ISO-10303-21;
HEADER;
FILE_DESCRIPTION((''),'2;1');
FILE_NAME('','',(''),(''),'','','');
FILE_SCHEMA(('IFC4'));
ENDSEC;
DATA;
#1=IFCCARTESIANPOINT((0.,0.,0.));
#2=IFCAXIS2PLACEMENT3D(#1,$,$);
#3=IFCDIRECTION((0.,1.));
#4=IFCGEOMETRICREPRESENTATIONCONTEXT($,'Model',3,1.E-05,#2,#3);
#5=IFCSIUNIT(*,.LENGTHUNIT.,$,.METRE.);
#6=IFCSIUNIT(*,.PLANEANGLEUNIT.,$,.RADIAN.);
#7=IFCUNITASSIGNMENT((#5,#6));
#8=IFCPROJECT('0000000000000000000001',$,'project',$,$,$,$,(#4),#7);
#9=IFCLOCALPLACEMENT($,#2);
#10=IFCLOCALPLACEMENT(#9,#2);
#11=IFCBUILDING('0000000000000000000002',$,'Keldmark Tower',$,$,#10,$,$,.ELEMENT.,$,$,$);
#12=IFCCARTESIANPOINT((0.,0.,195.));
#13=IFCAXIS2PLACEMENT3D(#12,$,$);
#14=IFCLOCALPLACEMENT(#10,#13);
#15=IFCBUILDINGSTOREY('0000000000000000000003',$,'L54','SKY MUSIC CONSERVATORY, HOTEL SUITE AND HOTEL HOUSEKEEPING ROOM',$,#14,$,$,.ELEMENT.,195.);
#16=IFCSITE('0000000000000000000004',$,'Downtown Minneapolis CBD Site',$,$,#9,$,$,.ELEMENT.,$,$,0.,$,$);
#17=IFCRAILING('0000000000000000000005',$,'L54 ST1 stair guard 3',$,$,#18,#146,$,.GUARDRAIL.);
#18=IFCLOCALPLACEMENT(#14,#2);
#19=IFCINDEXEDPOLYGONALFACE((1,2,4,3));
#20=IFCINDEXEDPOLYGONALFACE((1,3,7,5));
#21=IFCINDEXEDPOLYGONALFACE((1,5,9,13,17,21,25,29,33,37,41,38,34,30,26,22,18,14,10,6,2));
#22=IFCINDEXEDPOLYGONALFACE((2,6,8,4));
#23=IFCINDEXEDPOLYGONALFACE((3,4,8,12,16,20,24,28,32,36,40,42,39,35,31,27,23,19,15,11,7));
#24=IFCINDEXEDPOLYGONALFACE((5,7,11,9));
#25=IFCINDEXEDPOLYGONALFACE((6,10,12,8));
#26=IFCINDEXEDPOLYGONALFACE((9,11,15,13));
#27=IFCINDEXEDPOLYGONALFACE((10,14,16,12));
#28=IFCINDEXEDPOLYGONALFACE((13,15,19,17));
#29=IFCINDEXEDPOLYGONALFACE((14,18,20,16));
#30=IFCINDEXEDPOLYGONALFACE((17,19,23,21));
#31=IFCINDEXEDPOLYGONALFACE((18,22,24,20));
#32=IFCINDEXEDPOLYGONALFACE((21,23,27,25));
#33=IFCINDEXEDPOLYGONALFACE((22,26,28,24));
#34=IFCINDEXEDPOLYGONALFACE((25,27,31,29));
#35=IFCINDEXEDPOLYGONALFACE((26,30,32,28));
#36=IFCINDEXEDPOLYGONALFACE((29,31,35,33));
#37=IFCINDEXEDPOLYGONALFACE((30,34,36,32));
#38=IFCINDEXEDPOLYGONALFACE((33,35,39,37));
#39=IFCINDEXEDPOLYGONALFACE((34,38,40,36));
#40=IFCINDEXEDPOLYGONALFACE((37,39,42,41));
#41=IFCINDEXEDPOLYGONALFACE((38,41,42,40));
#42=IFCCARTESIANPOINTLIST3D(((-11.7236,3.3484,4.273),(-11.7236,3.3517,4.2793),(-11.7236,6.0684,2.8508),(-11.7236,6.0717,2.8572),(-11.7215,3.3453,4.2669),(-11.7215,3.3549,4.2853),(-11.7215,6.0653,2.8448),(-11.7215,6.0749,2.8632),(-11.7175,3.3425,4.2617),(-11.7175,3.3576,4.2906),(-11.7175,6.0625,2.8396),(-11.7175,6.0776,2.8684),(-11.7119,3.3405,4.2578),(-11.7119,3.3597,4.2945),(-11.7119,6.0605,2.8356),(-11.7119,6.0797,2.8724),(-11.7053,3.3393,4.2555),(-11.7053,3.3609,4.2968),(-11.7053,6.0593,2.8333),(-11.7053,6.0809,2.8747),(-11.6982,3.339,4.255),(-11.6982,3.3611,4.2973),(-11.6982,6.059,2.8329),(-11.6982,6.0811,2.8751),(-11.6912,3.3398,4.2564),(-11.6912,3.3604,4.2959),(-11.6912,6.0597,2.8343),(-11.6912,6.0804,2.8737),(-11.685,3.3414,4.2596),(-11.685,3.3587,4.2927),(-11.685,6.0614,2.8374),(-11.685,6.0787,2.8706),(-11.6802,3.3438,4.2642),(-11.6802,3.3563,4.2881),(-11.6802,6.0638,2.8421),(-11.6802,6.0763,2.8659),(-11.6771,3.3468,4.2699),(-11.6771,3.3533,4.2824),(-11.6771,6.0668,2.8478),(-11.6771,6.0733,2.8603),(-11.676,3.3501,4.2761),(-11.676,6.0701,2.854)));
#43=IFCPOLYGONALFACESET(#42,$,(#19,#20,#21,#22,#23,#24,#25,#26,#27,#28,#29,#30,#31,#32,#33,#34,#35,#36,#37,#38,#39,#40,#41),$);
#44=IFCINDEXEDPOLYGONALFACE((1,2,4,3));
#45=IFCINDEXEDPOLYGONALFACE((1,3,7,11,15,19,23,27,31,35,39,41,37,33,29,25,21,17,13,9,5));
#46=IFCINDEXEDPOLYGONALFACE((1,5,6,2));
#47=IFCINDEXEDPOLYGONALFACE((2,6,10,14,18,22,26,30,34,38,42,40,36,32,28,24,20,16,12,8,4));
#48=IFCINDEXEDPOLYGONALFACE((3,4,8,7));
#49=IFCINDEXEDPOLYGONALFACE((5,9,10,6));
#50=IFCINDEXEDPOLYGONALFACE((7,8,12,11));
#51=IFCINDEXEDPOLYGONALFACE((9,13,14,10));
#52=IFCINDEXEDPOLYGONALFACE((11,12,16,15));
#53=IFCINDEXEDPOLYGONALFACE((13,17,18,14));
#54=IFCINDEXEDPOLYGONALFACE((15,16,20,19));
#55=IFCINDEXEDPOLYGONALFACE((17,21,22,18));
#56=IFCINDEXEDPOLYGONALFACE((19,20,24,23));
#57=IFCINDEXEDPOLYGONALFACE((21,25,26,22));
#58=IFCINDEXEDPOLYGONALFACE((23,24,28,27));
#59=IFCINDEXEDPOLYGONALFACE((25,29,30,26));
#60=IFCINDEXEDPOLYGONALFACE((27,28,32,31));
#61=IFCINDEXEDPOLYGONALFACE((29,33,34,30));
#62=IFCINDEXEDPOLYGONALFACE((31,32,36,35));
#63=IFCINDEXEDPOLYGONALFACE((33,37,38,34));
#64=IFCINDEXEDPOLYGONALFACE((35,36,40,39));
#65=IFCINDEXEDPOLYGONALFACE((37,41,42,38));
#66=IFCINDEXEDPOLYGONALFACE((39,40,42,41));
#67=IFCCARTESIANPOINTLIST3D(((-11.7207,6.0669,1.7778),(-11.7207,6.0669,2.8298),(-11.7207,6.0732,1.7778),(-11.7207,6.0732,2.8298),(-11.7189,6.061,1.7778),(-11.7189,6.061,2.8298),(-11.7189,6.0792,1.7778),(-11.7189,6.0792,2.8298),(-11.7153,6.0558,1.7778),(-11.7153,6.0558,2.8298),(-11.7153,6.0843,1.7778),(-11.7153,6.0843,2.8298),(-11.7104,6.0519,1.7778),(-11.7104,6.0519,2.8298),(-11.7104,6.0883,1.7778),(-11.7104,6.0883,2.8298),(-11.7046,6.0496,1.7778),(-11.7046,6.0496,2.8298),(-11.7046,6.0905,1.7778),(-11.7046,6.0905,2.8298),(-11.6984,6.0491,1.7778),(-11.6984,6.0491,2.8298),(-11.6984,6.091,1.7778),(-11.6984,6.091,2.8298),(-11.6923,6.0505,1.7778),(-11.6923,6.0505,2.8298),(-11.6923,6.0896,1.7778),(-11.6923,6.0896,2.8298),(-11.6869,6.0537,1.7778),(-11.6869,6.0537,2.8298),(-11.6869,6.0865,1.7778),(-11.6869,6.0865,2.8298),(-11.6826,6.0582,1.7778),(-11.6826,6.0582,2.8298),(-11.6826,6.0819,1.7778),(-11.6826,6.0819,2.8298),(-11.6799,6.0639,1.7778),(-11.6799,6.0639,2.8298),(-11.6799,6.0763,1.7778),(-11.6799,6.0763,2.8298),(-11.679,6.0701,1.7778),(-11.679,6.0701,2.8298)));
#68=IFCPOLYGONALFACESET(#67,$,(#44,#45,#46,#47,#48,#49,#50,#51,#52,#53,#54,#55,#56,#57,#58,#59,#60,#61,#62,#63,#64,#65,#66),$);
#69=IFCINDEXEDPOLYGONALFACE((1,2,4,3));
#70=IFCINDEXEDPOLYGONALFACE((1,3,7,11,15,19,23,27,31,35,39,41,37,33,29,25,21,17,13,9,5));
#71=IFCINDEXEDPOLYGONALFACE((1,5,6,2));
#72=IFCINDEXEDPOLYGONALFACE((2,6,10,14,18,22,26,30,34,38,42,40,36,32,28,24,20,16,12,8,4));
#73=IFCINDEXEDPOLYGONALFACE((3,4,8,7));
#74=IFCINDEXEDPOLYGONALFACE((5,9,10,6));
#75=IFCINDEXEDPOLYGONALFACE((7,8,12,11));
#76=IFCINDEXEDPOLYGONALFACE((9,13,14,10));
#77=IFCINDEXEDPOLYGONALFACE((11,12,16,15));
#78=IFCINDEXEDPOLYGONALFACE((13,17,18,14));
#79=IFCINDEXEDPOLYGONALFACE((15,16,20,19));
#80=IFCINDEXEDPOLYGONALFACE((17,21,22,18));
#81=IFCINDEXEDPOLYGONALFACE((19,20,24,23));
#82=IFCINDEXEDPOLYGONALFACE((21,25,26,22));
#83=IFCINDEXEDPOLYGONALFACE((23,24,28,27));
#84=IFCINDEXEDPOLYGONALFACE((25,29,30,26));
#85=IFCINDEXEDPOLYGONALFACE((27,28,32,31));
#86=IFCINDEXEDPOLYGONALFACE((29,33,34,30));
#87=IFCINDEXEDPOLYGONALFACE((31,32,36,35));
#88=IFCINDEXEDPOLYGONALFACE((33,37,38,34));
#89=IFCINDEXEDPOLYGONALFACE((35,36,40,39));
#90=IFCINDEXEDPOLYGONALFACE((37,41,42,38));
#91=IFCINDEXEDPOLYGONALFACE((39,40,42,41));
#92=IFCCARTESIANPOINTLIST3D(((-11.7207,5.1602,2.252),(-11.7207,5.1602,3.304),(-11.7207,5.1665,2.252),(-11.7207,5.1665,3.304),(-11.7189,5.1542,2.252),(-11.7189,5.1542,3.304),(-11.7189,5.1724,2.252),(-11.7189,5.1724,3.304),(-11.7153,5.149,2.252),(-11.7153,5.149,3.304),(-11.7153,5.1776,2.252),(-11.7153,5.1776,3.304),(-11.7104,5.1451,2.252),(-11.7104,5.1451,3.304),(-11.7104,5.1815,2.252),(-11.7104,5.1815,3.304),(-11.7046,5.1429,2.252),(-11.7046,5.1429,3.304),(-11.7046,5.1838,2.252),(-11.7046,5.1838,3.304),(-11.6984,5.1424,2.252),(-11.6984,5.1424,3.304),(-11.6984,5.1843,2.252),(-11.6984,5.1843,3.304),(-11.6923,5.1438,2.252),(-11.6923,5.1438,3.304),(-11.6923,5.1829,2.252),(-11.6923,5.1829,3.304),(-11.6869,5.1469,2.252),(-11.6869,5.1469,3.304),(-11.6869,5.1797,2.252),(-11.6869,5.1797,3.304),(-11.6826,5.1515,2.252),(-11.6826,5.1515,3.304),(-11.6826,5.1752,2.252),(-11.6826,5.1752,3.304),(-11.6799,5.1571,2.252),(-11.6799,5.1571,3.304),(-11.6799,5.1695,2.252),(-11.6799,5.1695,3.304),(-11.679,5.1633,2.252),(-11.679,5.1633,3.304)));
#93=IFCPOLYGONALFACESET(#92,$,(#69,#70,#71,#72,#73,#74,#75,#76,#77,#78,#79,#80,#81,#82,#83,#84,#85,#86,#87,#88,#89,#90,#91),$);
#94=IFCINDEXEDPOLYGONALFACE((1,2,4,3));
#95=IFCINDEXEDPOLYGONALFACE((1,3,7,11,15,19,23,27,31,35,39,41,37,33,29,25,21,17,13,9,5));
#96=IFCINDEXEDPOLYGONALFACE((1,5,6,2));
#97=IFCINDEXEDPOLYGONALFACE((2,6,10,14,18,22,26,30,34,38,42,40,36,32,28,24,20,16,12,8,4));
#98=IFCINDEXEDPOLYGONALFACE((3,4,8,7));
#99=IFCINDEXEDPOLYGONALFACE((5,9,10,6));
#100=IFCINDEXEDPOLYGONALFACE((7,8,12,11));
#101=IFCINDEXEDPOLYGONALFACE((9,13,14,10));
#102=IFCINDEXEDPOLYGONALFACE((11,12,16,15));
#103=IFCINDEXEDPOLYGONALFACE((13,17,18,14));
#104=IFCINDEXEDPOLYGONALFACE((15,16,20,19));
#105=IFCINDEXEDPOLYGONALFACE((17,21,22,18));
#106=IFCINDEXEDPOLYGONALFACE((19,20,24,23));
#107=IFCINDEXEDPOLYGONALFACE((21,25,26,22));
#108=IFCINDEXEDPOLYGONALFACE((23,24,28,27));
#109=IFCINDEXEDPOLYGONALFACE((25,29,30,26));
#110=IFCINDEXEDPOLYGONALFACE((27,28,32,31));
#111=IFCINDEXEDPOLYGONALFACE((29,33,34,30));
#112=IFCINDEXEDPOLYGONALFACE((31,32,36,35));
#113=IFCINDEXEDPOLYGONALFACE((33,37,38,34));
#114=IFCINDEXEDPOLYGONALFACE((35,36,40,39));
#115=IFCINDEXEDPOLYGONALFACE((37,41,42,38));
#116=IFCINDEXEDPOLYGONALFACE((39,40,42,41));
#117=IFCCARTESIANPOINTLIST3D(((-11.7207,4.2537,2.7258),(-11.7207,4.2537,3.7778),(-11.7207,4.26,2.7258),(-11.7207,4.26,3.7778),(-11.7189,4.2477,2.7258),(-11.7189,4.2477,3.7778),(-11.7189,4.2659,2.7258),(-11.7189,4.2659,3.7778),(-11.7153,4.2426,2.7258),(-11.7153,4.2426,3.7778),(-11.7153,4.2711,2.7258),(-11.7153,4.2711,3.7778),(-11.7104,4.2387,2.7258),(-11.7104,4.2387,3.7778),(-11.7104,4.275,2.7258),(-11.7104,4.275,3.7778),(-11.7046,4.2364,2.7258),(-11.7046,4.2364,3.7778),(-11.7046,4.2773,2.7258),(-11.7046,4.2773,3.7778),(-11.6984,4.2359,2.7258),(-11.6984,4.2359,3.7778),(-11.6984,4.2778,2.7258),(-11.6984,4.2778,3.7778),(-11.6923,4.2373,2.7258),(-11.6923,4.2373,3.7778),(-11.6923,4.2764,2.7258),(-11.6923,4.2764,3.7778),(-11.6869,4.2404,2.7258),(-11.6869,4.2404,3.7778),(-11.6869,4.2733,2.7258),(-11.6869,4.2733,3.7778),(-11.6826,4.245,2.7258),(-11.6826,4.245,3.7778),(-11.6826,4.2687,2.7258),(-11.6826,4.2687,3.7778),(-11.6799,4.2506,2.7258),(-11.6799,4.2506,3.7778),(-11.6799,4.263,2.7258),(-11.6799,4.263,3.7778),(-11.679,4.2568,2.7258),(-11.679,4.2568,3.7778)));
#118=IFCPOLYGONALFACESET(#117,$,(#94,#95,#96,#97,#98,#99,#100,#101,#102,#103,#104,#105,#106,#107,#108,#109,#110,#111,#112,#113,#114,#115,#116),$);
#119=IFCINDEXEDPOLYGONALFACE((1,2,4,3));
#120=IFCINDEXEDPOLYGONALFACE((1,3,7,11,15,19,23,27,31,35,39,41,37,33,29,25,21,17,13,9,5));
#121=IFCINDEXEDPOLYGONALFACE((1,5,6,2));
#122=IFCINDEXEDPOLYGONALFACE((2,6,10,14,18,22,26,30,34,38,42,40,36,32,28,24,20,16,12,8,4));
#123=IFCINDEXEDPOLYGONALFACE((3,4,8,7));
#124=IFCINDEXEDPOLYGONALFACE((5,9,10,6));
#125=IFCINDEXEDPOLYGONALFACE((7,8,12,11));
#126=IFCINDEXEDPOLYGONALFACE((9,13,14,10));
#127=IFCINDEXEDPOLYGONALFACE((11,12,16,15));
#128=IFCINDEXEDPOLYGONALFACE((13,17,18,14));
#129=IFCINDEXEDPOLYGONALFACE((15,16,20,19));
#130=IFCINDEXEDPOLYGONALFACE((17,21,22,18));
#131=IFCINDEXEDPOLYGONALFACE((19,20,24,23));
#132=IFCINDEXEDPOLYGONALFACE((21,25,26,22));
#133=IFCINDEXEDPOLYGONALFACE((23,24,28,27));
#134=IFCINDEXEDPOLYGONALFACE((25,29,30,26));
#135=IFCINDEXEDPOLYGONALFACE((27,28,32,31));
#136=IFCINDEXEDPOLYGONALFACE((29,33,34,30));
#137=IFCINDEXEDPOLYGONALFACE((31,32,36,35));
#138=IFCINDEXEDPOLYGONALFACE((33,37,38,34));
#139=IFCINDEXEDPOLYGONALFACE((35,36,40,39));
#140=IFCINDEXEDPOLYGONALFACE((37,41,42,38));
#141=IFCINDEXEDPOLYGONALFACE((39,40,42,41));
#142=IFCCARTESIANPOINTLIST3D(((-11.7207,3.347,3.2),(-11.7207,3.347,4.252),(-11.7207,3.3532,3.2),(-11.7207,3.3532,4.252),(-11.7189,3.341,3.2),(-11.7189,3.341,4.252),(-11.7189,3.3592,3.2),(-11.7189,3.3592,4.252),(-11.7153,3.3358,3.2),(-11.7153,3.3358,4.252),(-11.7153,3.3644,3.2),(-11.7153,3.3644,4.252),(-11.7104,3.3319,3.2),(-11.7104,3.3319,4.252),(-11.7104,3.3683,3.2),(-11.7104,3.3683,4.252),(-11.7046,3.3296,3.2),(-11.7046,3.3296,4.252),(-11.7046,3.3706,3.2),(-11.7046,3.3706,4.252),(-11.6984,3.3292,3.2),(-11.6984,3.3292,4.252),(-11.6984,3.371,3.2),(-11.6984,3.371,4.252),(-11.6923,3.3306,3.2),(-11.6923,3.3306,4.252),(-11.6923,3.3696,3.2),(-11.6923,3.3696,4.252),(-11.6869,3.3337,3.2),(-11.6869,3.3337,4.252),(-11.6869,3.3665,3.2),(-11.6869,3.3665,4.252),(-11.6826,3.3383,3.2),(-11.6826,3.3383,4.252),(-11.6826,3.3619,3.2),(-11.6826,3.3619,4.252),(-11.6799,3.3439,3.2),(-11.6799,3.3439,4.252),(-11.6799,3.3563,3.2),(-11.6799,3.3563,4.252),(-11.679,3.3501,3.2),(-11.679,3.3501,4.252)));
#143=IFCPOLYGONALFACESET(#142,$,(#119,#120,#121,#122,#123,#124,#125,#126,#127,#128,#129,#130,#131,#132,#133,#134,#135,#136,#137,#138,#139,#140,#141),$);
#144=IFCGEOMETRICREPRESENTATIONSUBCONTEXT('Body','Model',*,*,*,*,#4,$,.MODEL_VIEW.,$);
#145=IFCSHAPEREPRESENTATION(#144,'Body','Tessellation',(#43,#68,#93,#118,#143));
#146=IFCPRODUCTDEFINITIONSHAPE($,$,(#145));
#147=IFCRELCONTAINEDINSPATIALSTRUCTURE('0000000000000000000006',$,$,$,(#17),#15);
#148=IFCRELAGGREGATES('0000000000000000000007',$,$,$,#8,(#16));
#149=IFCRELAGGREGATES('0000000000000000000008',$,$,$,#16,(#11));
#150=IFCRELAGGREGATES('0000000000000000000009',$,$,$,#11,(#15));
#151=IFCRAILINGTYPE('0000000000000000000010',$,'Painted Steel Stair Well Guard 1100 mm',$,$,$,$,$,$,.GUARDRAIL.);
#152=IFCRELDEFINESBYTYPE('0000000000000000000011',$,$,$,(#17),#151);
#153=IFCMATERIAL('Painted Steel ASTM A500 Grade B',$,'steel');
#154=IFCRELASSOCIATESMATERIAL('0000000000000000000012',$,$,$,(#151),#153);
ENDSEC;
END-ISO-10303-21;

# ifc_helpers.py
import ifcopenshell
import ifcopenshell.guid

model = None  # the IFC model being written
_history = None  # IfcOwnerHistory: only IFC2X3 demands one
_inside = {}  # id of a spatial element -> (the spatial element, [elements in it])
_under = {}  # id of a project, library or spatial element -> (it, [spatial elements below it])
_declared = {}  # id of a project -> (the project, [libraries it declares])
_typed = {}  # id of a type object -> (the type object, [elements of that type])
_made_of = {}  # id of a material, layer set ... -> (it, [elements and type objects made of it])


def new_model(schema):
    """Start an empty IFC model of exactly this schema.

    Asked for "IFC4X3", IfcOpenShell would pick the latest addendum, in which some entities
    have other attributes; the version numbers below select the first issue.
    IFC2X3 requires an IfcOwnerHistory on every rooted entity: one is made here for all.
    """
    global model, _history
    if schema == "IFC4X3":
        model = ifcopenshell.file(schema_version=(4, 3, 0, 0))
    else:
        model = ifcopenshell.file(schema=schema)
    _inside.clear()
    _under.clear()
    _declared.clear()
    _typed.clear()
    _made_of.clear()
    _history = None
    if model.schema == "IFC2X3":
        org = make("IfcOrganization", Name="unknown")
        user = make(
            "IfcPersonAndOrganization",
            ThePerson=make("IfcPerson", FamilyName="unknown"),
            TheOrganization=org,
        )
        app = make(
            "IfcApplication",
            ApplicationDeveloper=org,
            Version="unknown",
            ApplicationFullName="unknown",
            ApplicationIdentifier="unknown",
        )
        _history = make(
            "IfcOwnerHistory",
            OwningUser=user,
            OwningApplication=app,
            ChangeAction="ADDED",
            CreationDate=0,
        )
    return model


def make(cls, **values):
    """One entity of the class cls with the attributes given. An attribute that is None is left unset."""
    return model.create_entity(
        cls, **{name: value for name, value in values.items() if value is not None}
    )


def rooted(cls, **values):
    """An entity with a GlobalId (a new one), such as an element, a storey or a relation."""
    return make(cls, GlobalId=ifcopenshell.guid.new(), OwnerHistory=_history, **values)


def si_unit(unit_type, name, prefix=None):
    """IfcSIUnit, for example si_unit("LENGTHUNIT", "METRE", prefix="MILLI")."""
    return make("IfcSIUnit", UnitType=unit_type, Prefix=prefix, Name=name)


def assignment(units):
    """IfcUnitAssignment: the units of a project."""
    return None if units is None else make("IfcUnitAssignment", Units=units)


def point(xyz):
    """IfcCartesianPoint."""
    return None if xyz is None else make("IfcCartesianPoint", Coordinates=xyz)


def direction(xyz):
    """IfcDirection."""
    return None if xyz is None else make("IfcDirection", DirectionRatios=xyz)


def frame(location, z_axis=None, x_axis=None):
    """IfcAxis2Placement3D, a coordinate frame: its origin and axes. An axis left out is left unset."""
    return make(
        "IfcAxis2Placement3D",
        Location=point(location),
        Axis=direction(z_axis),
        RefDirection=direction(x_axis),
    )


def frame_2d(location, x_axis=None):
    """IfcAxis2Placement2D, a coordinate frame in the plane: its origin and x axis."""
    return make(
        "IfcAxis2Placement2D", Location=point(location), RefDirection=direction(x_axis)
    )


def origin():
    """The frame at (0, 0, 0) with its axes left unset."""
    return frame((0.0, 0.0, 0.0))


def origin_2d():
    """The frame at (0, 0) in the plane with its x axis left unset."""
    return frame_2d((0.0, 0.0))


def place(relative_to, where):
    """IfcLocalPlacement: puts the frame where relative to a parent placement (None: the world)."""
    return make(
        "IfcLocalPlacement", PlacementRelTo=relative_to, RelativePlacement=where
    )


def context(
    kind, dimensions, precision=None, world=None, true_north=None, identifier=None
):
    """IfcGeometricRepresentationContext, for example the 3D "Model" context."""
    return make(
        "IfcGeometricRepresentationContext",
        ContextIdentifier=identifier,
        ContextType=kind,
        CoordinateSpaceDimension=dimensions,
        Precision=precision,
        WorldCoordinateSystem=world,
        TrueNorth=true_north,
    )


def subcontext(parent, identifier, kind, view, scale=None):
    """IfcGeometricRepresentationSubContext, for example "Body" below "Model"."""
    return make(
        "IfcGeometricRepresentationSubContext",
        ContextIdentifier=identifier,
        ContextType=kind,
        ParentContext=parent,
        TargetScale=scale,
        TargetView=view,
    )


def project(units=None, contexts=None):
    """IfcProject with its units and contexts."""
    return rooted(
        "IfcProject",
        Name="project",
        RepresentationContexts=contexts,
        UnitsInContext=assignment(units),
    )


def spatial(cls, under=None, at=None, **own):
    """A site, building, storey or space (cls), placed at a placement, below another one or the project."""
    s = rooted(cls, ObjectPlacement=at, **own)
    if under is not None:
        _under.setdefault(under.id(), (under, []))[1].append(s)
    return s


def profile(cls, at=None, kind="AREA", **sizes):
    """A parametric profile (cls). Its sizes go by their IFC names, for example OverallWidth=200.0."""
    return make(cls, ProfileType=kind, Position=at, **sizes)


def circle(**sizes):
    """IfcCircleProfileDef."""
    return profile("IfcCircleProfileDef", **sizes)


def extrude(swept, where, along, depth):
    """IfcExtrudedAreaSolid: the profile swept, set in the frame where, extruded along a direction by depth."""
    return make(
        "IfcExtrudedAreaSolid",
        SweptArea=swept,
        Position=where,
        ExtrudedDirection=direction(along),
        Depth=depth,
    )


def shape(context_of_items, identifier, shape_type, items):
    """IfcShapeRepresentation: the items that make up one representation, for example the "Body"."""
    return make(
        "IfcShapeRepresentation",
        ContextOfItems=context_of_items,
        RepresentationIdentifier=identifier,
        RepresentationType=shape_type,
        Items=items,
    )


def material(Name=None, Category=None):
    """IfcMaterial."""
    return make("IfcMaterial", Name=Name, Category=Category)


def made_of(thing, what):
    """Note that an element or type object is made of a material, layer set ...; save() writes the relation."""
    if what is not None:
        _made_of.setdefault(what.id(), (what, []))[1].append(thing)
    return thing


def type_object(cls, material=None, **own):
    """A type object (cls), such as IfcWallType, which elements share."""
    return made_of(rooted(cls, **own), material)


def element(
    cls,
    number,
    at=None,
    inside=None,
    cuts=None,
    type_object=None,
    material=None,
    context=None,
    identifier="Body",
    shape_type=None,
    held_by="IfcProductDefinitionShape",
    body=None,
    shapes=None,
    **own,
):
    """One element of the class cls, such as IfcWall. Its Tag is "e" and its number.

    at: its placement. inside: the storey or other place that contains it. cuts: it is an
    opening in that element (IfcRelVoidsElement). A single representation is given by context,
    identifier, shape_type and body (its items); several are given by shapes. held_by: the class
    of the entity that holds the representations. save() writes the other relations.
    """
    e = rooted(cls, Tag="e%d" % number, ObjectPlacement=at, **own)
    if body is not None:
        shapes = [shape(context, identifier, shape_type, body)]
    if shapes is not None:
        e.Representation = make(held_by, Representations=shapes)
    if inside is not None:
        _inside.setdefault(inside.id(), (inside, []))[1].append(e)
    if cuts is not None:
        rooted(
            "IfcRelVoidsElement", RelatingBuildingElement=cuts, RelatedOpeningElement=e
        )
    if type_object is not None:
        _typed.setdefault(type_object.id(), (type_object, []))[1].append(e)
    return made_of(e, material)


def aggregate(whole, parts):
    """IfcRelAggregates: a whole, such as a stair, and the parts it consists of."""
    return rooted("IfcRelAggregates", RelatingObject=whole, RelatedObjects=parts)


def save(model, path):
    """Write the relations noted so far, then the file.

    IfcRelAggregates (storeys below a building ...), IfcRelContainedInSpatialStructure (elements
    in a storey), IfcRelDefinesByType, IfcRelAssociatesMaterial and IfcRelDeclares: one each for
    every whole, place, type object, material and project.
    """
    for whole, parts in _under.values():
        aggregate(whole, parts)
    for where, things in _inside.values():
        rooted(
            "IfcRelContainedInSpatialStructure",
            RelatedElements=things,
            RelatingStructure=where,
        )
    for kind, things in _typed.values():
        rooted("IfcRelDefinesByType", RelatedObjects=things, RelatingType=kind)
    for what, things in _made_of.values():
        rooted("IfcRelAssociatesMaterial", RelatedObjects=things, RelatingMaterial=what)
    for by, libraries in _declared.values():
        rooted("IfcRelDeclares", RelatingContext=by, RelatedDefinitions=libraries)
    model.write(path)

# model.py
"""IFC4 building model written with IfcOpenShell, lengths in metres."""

from ifc_helpers import new_model, si_unit, direction, frame, origin, origin_2d, place, context, subcontext, project, spatial, circle, extrude, material, type_object, element, save


model = new_model("IFC4")

# Units and contexts
model_context = context("Model", 3, precision=1e-05, world=origin(), true_north=direction((0.0, 1.0)))
body_context = subcontext(model_context, "Body", "Model", "MODEL_VIEW")
ifc_project = project(units=[si_unit("LENGTHUNIT", "METRE"), si_unit("PLANEANGLEUNIT", "RADIAN")], contexts=[model_context])

# Site, building, storey
site_placement = place(None, origin())
site = spatial("IfcSite", under=ifc_project, at=site_placement, Name="Downtown Minneapolis CBD Site", CompositionType="ELEMENT", RefElevation=0.0)
building_placement = place(site_placement, origin())
building = spatial("IfcBuilding", under=site, at=building_placement, Name="Keldmark Tower", CompositionType="ELEMENT")
storey_placement = place(building_placement, frame((0.0, 0.0, 195.0)))
storey = spatial("IfcBuildingStorey", under=building, at=storey_placement, Name="L54", Description="SKY MUSIC CONSERVATORY, HOTEL SUITE AND HOTEL HOUSEKEEPING ROOM", CompositionType="ELEMENT", Elevation=195.0)

# Railing
ifc_material_1 = material(Name="Painted Steel ASTM A500 Grade B", Category="steel")
railing_type_1 = type_object("IfcRailingType", Name="Painted Steel Stair Well Guard 1100 mm", PredefinedType="GUARDRAIL", material=ifc_material_1)
railing_1_placement = place(storey_placement, frame((-11.7, 6.0701, 1.7778)))
element("IfcRailing", 1, at=railing_1_placement, inside=storey, type_object=railing_type_1, Name="L54 ST1 stair guard 3", PredefinedType="GUARDRAIL", context=body_context, shape_type="SweptSolid", body=[
    extrude(circle(Radius=0.0239, at=origin_2d()), frame((0.0, 0.0, 1.0762), z_axis=(0.0, -0.886183, 0.463335), x_axis=(1.0, 0.0, 0.0)), (0.0, 0.0, 1.0), 3.0693),
    extrude(circle(Radius=0.021, at=origin_2d()), origin(), (0.0, 0.0, 1.0), 1.052),
    extrude(circle(Radius=0.021, at=origin_2d()), frame((0.0, -0.9067, 0.4741)), (0.0, 0.0, 1.0), 1.052),
    extrude(circle(Radius=0.021, at=origin_2d()), frame((0.0, -1.8132, 0.948)), (0.0, 0.0, 1.0), 1.052),
    extrude(circle(Radius=0.021, at=origin_2d()), frame((0.0, -2.72, 1.4221)), (0.0, 0.0, 1.0), 1.052),
])

save(model, "model.ifc")
